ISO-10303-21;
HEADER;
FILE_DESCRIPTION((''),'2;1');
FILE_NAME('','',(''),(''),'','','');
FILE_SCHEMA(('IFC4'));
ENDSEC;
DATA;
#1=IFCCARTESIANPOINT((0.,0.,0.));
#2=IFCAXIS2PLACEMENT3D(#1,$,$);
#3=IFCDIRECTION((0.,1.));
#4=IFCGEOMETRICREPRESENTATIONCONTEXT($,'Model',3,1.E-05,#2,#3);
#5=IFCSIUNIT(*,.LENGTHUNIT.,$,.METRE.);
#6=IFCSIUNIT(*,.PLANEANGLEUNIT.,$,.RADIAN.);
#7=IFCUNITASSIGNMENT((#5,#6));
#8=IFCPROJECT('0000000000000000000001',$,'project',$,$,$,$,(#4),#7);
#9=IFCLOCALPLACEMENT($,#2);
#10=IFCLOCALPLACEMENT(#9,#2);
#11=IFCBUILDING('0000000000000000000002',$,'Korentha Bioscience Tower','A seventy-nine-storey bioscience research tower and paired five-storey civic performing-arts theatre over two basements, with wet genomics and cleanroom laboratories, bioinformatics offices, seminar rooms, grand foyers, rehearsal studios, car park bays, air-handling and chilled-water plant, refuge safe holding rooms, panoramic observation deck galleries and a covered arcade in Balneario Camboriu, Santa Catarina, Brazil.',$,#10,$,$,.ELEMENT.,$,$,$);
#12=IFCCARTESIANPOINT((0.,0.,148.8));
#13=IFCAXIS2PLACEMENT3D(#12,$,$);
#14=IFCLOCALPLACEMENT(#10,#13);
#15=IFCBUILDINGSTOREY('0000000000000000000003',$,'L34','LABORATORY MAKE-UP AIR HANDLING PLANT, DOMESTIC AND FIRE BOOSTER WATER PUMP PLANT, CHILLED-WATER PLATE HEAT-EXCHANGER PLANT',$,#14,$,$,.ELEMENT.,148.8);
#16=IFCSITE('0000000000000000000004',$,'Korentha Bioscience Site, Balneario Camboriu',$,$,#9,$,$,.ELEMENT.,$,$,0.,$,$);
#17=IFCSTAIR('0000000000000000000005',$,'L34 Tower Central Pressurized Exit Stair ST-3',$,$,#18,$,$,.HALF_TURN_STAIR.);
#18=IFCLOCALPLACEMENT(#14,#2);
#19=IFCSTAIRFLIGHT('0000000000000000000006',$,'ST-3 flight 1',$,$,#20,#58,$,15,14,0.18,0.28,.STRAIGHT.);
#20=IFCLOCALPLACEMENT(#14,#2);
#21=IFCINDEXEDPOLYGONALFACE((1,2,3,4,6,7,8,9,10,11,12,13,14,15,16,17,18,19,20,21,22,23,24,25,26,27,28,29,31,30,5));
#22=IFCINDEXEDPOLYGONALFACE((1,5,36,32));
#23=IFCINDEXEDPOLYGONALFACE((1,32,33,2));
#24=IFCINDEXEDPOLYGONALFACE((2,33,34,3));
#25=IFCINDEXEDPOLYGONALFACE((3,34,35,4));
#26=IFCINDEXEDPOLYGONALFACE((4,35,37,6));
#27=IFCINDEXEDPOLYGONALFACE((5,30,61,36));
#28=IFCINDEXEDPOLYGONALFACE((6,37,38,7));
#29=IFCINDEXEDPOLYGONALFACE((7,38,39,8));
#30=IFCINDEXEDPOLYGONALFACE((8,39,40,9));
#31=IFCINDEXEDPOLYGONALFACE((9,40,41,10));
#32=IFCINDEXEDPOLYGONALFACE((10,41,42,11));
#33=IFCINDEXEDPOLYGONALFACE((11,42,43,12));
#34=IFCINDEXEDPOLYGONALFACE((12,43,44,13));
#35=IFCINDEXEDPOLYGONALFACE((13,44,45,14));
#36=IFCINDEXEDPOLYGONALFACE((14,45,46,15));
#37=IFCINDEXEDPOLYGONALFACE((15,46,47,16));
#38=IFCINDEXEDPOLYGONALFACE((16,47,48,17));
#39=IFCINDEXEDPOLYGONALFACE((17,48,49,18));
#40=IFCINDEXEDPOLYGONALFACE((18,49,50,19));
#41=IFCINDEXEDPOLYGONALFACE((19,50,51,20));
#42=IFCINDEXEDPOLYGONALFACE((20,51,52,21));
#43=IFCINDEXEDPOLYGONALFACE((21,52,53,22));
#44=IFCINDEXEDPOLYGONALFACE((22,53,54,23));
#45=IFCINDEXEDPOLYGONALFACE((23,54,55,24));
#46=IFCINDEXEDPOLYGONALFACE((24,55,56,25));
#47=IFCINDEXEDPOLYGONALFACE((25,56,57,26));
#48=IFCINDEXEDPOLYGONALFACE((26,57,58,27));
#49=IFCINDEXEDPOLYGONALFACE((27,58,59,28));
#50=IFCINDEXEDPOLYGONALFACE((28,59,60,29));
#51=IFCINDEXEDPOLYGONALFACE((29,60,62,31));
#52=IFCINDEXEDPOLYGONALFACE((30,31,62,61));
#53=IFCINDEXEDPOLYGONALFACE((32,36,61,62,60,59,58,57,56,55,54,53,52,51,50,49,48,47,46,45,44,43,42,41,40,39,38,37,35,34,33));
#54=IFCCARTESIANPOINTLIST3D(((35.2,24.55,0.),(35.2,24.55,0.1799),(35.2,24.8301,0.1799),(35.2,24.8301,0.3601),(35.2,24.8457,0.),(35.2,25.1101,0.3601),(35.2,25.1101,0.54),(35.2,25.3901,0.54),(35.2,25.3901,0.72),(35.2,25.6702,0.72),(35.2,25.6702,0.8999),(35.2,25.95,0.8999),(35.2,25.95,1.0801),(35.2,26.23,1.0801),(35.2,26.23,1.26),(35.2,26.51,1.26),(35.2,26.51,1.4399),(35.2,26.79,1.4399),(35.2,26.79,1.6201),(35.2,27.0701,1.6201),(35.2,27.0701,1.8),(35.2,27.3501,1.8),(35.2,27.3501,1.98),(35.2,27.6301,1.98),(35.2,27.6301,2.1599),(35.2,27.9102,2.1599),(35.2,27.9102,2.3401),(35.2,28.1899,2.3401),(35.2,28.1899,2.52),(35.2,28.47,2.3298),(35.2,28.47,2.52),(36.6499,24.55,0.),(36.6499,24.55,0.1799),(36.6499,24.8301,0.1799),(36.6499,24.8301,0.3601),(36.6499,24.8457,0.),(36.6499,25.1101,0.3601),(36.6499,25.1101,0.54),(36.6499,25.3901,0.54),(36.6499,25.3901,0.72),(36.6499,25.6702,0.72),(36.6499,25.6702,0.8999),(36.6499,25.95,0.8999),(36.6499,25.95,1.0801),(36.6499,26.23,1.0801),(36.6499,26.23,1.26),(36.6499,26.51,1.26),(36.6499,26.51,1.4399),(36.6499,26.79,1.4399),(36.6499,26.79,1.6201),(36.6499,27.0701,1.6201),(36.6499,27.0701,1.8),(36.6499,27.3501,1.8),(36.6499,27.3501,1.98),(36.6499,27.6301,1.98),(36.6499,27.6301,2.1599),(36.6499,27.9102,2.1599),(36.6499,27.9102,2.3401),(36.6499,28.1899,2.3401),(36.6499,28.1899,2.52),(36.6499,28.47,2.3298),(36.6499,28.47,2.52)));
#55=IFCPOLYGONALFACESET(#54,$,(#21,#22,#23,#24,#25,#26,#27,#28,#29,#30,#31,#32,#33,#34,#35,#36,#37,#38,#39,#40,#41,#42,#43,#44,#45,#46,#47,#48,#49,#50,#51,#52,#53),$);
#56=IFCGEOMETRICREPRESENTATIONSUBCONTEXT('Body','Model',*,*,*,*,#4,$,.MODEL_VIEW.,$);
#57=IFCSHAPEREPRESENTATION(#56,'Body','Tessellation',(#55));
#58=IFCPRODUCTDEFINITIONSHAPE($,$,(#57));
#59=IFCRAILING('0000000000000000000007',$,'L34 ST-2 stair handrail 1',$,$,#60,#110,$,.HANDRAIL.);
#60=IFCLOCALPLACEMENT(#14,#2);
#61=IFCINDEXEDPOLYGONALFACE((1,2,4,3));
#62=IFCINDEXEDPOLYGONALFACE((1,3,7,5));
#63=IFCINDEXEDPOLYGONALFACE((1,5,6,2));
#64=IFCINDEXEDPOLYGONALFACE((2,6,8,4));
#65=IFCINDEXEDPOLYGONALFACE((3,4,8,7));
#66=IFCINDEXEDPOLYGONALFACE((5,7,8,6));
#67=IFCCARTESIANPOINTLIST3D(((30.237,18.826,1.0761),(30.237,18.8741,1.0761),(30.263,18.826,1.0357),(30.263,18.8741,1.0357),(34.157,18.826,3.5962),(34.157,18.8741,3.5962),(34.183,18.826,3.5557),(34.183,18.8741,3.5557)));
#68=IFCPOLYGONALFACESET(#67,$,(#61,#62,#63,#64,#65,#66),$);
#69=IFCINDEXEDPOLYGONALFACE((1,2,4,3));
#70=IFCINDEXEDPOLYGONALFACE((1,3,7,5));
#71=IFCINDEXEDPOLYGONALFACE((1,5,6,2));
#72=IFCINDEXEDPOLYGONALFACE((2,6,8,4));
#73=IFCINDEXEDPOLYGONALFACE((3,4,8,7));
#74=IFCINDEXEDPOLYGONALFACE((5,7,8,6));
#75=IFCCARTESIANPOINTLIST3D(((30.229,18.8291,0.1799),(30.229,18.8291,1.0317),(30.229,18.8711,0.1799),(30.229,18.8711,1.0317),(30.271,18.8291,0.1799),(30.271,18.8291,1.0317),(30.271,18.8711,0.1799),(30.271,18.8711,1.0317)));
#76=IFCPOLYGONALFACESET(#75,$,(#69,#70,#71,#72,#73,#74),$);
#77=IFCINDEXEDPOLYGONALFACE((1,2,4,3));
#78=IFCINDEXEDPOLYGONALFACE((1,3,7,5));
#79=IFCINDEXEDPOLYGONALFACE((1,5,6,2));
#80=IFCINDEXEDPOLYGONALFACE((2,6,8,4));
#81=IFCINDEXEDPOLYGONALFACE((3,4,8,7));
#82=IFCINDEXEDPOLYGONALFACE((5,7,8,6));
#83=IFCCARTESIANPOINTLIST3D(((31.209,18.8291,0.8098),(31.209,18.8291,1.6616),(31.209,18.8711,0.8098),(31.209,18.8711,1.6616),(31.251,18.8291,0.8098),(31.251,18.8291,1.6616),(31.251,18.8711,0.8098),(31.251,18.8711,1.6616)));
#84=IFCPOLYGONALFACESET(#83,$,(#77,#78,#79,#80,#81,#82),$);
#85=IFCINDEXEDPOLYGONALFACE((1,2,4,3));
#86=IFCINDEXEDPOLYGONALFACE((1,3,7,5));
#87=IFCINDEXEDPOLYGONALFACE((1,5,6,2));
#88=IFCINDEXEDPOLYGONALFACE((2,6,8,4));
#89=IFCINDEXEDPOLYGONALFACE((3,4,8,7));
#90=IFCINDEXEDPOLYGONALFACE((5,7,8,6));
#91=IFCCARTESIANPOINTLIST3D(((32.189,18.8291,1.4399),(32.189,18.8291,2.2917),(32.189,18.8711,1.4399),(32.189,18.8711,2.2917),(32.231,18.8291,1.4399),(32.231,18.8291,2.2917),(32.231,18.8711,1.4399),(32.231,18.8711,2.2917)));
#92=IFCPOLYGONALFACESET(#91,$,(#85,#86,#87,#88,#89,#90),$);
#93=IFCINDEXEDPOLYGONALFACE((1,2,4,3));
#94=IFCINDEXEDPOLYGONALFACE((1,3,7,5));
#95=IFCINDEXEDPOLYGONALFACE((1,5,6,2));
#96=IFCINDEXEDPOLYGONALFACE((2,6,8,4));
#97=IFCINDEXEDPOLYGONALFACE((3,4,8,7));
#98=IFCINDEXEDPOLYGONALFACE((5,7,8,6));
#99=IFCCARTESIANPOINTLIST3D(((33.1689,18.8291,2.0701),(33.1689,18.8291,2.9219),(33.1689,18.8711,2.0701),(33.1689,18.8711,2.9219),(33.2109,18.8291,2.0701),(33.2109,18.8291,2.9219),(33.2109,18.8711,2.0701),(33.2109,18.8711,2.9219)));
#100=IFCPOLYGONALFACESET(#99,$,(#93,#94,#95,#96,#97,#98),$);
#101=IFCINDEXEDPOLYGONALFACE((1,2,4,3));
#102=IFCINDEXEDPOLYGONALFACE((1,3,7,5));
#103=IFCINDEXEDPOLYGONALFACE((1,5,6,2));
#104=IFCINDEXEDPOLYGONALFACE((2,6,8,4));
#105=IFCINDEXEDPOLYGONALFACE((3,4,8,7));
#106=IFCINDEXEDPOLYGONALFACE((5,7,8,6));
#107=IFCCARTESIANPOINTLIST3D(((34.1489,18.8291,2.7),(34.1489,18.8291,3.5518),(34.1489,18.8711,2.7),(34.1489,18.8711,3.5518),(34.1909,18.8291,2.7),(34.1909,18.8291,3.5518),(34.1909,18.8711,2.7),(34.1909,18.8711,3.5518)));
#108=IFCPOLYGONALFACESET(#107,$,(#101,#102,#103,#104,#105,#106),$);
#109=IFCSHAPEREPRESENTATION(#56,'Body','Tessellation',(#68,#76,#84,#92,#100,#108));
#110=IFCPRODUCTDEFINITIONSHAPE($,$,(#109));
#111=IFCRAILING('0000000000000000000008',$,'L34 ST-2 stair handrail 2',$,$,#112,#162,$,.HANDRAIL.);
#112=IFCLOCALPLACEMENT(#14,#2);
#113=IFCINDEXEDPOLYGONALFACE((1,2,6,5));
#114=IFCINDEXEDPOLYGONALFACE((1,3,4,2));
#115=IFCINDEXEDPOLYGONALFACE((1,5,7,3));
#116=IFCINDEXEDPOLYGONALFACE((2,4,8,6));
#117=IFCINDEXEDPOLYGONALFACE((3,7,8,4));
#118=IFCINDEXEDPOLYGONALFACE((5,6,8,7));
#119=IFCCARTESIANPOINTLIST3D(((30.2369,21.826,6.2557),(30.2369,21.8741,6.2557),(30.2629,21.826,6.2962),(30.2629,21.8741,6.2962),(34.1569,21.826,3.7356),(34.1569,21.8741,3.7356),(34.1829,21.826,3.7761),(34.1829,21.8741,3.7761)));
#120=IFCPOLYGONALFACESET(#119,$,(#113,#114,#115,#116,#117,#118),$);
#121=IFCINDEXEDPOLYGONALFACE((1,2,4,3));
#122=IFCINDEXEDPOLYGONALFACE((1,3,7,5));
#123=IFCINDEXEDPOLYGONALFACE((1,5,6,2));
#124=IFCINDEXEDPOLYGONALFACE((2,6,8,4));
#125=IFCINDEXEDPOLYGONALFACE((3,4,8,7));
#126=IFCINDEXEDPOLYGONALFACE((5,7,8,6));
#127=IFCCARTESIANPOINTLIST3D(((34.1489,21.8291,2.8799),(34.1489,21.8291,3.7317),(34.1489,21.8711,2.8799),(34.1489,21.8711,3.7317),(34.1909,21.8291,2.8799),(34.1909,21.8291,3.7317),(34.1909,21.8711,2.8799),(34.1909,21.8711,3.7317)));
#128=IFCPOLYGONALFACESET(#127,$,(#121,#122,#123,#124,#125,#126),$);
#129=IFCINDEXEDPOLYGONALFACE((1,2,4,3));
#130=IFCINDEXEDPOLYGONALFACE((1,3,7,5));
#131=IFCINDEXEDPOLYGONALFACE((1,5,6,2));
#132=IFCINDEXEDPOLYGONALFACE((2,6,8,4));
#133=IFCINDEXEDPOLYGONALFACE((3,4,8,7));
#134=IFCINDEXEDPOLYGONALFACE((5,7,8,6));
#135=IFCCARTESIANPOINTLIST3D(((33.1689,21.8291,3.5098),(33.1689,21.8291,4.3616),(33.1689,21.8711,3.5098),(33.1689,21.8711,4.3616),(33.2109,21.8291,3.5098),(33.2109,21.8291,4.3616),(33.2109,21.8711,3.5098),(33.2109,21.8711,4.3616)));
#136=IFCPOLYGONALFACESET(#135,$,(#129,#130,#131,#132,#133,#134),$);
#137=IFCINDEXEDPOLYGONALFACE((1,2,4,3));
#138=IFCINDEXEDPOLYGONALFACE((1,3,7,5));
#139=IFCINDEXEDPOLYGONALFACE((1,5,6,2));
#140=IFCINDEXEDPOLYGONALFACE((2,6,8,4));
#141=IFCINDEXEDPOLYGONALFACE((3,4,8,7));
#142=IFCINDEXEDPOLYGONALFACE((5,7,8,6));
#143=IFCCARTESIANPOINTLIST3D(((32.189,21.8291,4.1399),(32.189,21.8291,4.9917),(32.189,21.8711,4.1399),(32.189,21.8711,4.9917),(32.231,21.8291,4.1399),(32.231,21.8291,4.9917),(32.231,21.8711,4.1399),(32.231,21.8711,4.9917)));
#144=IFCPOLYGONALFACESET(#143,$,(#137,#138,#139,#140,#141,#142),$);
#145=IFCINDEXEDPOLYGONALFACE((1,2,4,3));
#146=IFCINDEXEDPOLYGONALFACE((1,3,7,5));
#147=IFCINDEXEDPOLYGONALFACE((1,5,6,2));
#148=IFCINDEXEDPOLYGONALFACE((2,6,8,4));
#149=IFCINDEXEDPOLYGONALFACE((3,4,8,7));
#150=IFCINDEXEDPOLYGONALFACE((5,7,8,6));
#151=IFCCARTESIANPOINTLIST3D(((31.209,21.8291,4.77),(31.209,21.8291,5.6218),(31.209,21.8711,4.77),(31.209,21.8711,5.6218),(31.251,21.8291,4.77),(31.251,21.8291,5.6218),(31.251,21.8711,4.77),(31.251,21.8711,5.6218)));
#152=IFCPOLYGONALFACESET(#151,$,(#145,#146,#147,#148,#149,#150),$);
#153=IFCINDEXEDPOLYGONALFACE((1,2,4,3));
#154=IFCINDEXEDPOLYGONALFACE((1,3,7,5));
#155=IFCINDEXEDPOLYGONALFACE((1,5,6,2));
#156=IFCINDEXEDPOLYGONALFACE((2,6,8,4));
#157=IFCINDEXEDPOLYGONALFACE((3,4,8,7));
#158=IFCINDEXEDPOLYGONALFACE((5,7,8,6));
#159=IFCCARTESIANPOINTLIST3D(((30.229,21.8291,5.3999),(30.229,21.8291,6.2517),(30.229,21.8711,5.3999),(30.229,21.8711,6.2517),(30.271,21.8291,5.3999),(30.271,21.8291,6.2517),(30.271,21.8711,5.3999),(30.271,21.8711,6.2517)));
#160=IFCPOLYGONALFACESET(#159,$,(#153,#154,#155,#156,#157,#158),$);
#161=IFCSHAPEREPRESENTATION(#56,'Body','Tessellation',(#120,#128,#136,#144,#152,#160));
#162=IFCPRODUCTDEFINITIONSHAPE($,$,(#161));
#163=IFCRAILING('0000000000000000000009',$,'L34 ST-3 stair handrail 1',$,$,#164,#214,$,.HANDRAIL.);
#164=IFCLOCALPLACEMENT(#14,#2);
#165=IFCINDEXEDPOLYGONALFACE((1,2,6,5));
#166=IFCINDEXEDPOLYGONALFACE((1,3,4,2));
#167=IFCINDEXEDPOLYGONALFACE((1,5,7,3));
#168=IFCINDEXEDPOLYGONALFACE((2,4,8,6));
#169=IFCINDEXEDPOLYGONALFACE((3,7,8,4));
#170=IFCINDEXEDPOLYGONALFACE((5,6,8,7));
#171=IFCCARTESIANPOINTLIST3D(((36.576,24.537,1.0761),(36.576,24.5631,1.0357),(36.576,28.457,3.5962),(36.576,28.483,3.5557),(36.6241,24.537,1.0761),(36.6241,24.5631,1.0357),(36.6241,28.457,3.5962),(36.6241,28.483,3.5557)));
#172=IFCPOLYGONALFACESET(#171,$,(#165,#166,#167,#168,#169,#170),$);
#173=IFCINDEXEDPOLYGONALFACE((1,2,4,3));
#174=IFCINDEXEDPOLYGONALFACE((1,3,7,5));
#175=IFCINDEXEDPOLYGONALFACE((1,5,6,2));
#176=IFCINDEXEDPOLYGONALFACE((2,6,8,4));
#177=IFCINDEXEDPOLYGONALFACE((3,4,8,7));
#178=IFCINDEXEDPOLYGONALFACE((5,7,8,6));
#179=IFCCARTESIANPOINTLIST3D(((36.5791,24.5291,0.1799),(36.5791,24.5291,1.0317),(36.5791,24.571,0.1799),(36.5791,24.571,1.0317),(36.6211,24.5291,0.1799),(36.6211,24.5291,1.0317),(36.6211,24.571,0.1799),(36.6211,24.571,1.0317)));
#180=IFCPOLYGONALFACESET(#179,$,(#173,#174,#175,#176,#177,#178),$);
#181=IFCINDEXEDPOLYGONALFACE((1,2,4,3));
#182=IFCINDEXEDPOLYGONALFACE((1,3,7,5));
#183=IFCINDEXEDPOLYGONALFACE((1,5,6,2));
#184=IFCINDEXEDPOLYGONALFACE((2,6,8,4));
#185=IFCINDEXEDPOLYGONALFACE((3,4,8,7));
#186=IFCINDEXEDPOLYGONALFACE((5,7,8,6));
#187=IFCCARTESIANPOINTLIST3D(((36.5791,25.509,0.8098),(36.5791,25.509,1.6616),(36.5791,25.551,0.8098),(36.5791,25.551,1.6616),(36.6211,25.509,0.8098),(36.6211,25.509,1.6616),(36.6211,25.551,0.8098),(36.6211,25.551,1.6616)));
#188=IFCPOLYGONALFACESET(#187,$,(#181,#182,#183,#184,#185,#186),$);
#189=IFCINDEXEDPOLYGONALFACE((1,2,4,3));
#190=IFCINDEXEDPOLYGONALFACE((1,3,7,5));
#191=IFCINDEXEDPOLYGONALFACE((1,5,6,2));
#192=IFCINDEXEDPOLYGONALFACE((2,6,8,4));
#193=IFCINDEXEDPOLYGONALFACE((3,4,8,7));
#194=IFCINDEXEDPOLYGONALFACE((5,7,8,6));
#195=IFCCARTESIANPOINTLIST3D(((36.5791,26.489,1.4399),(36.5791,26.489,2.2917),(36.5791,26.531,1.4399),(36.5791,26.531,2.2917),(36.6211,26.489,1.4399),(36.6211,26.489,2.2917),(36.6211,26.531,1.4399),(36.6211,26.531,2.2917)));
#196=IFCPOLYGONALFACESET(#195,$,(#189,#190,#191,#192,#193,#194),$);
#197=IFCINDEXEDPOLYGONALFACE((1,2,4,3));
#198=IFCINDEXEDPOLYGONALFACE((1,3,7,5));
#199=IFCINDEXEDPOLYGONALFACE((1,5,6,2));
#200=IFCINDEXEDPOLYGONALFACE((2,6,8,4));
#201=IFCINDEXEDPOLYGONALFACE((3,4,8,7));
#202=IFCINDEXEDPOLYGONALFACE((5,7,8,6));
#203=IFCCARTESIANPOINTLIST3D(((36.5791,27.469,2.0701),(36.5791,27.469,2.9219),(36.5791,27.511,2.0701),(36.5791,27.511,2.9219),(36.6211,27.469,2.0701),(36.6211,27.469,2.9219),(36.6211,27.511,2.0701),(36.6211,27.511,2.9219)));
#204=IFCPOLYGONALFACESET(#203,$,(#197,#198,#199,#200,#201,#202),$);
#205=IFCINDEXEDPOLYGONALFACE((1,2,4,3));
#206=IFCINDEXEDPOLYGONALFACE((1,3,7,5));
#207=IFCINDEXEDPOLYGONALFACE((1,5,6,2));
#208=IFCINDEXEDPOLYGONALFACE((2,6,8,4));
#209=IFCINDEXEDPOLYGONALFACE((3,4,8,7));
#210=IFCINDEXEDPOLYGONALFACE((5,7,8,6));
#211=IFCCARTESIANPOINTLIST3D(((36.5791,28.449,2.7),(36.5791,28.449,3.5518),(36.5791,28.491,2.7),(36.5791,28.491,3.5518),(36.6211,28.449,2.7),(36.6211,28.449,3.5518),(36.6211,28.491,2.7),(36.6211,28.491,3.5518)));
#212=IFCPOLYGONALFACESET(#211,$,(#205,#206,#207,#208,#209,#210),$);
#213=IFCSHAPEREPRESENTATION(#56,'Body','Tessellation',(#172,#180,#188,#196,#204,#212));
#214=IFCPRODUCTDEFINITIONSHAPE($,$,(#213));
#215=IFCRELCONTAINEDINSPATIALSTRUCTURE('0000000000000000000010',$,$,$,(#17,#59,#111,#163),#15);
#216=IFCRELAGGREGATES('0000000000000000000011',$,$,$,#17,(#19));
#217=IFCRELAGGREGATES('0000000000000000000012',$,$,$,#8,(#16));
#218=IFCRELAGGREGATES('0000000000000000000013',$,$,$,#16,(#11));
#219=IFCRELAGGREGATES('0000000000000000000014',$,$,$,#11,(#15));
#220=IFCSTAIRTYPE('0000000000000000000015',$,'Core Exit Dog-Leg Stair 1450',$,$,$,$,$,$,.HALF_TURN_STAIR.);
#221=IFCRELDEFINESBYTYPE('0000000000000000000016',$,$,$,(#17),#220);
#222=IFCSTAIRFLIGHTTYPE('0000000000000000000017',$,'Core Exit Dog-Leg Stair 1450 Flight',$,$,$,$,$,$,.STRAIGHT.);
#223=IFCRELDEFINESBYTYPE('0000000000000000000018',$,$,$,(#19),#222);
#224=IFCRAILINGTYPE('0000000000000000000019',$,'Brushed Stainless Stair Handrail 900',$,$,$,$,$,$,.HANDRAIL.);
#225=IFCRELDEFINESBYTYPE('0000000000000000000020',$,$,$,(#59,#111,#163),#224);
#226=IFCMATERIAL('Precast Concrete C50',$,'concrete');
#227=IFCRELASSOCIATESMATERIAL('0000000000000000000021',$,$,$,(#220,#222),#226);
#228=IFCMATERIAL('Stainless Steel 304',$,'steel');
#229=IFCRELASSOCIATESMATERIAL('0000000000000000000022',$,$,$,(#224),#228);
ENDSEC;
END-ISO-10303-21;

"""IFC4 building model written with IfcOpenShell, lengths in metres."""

from ifc_helpers import new_model, si_unit, direction, frame, origin, origin_2d, place, context, subcontext, project, spatial, polyline, rectangle, outline, extrude, material, type_object, element, aggregate, save


model = new_model("IFC4")

# Units and contexts
model_context = context("Model", 3, precision=1e-05, world=origin(), true_north=direction((0.0, 1.0)))
body_context = subcontext(model_context, "Body", "Model", "MODEL_VIEW")
ifc_project = project(units=[si_unit("LENGTHUNIT", "METRE"), si_unit("PLANEANGLEUNIT", "RADIAN")], contexts=[model_context])

# Site, building, storey
site_placement = place(None, origin())
site = spatial("IfcSite", under=ifc_project, at=site_placement, Name="Korentha Bioscience Site, Balneario Camboriu", CompositionType="ELEMENT", RefElevation=0.0)
building_placement = place(site_placement, origin())
building = spatial("IfcBuilding", under=site, at=building_placement, Name="Korentha Bioscience Tower", Description="A seventy-nine-storey bioscience research tower and paired five-storey civic performing-arts theatre over two basements, with wet genomics and cleanroom laboratories, bioinformatics offices, seminar rooms, grand foyers, rehearsal studios, car park bays, air-handling and chilled-water plant, refuge safe holding rooms, panoramic observation deck galleries and a covered arcade in Balneario Camboriu, Santa Catarina, Brazil.", CompositionType="ELEMENT")
storey_placement = place(building_placement, frame((0.0, 0.0, 148.8)))
storey = spatial("IfcBuildingStorey", under=building, at=storey_placement, Name="L34", Description="LABORATORY MAKE-UP AIR HANDLING PLANT, DOMESTIC AND FIRE BOOSTER WATER PUMP PLANT, CHILLED-WATER PLATE HEAT-EXCHANGER PLANT", CompositionType="ELEMENT", Elevation=148.8)

# Shared definitions
ifc_material_1 = material(Name="Precast Concrete C50", Category="concrete")
stair_type = type_object("IfcStairType", Name="Core Exit Dog-Leg Stair 1450", PredefinedType="HALF_TURN_STAIR", material=ifc_material_1)
stair_flight_type = type_object("IfcStairFlightType", Name="Core Exit Dog-Leg Stair 1450 Flight", PredefinedType="STRAIGHT", material=ifc_material_1)

# Stair, stair flight
stair_1_placement = place(storey_placement, origin())
stair_1 = element("IfcStair", 1, at=stair_1_placement, inside=storey, type_object=stair_type, Name="L34 Tower Central Pressurized Exit Stair ST-3", PredefinedType="HALF_TURN_STAIR")
stair_flight_1_placement = place(storey_placement, frame((35.925, 24.55, 0.0), z_axis=(0.0, 0.0, 1.0), x_axis=(0.0, 1.0, 0.0)))
stair_flight_1 = element("IfcStairFlight", 2, at=stair_flight_1_placement, type_object=stair_flight_type, Name="ST-3 flight 1", NumberOfRisers=15, NumberOfTreads=14, PredefinedType="STRAIGHT", RiserHeight=0.18, TreadLength=0.28, context=body_context, shape_type="SweptSolid", body=[
    extrude(outline(polyline([(0.0, 0.0), (0.0, 0.1799), (0.28, 0.1799), (0.28, 0.3601), (0.5601, 0.3601), (0.5601, 0.54), (0.8401, 0.54), (0.8401, 0.72), (1.1201, 0.72), (1.1201, 0.8999), (1.3999, 0.8999), (1.3999, 1.0801), (1.6799, 1.0801), (1.6799, 1.26), (1.96, 1.26), (1.96, 1.4399), (2.24, 1.4399), (2.24, 1.6201), (2.52, 1.6201), (2.52, 1.8), (2.8, 1.8), (2.8, 1.98), (3.0801, 1.98), (3.0801, 2.1599), (3.3601, 2.1599), (3.3601, 2.3401), (3.6399, 2.3401), (3.6399, 2.52), (3.9199, 2.52), (3.9199, 2.7), (3.9199, 2.3298), (0.2957, 0.0), (0.0, 0.0)])), frame((0.0, 0.7251, 0.0), z_axis=(0.0, -1.0, 0.0), x_axis=(1.0, 0.0, 0.0)), (0.0, 0.0, 1.0), 1.45),
])
aggregate(stair_1, [stair_flight_1])

# Railings
ifc_material_2 = material(Name="Stainless Steel 304", Category="steel")
railing_type_1 = type_object("IfcRailingType", Name="Brushed Stainless Stair Handrail 900", PredefinedType="HANDRAIL", material=ifc_material_2)
railing_1_placement = place(storey_placement, frame((30.25, 18.8501, 0.1799)))
element("IfcRailing", 3, at=railing_1_placement, inside=storey, type_object=railing_type_1, Name="L34 ST-2 stair handrail 1", PredefinedType="HANDRAIL", context=body_context, shape_type="SweptSolid", body=[
    extrude(rectangle(XDim=0.0481, YDim=0.0481, at=origin_2d()), frame((0.0, 0.0, 0.876), z_axis=(0.841172, 0.0, 0.540768), x_axis=(0.0, 1.0, 0.0)), (0.0, 0.0, 1.0), 4.6602),
    extrude(rectangle(XDim=0.042, YDim=0.042, at=origin_2d()), origin(), (0.0, 0.0, 1.0), 0.8518),
    extrude(rectangle(XDim=0.042, YDim=0.042, at=origin_2d()), frame((0.98, 0.0, 0.6299)), (0.0, 0.0, 1.0), 0.8518),
    extrude(rectangle(XDim=0.042, YDim=0.042, at=origin_2d()), frame((1.96, 0.0, 1.26)), (0.0, 0.0, 1.0), 0.8518),
    extrude(rectangle(XDim=0.042, YDim=0.042, at=origin_2d()), frame((2.9399, 0.0, 1.8901)), (0.0, 0.0, 1.0), 0.8518),
    extrude(rectangle(XDim=0.042, YDim=0.042, at=origin_2d()), frame((3.9199, 0.0, 2.52)), (0.0, 0.0, 1.0), 0.8518),
])
railing_2_placement = place(storey_placement, frame((34.1699, 21.8501, 2.8799)))
element("IfcRailing", 4, at=railing_2_placement, inside=storey, type_object=railing_type_1, Name="L34 ST-2 stair handrail 2", PredefinedType="HANDRAIL", context=body_context, shape_type="SweptSolid", body=[
    extrude(rectangle(XDim=0.0481, YDim=0.0481, at=origin_2d()), frame((0.0, 0.0, 0.876), z_axis=(-0.841172, 0.0, 0.540768), x_axis=(0.0, -1.0, 0.0)), (0.0, 0.0, 1.0), 4.6602),
    extrude(rectangle(XDim=0.042, YDim=0.042, at=origin_2d()), origin(), (0.0, 0.0, 1.0), 0.8518),
    extrude(rectangle(XDim=0.042, YDim=0.042, at=origin_2d()), frame((-0.98, 0.0, 0.6299)), (0.0, 0.0, 1.0), 0.8518),
    extrude(rectangle(XDim=0.042, YDim=0.042, at=origin_2d()), frame((-1.96, 0.0, 1.26)), (0.0, 0.0, 1.0), 0.8518),
    extrude(rectangle(XDim=0.042, YDim=0.042, at=origin_2d()), frame((-2.9399, 0.0, 1.8901)), (0.0, 0.0, 1.0), 0.8518),
    extrude(rectangle(XDim=0.042, YDim=0.042, at=origin_2d()), frame((-3.9199, 0.0, 2.52)), (0.0, 0.0, 1.0), 0.8518),
])
railing_3_placement = place(storey_placement, frame((36.6001, 24.55, 0.1799)))
element("IfcRailing", 5, at=railing_3_placement, inside=storey, type_object=railing_type_1, Name="L34 ST-3 stair handrail 1", PredefinedType="HANDRAIL", context=body_context, shape_type="SweptSolid", body=[
    extrude(rectangle(XDim=0.0481, YDim=0.0481, at=origin_2d()), frame((0.0, 0.0, 0.876), z_axis=(0.0, 0.841172, 0.540768), x_axis=(-1.0, 0.0, 0.0)), (0.0, 0.0, 1.0), 4.6602),
    extrude(rectangle(XDim=0.042, YDim=0.042, at=origin_2d()), origin(), (0.0, 0.0, 1.0), 0.8518),
    extrude(rectangle(XDim=0.042, YDim=0.042, at=origin_2d()), frame((0.0, 0.98, 0.6299)), (0.0, 0.0, 1.0), 0.8518),
    extrude(rectangle(XDim=0.042, YDim=0.042, at=origin_2d()), frame((0.0, 1.96, 1.26)), (0.0, 0.0, 1.0), 0.8518),
    extrude(rectangle(XDim=0.042, YDim=0.042, at=origin_2d()), frame((0.0, 2.9399, 1.8901)), (0.0, 0.0, 1.0), 0.8518),
    extrude(rectangle(XDim=0.042, YDim=0.042, at=origin_2d()), frame((0.0, 3.9199, 2.52)), (0.0, 0.0, 1.0), 0.8518),
])

save(model, "model.ifc")
